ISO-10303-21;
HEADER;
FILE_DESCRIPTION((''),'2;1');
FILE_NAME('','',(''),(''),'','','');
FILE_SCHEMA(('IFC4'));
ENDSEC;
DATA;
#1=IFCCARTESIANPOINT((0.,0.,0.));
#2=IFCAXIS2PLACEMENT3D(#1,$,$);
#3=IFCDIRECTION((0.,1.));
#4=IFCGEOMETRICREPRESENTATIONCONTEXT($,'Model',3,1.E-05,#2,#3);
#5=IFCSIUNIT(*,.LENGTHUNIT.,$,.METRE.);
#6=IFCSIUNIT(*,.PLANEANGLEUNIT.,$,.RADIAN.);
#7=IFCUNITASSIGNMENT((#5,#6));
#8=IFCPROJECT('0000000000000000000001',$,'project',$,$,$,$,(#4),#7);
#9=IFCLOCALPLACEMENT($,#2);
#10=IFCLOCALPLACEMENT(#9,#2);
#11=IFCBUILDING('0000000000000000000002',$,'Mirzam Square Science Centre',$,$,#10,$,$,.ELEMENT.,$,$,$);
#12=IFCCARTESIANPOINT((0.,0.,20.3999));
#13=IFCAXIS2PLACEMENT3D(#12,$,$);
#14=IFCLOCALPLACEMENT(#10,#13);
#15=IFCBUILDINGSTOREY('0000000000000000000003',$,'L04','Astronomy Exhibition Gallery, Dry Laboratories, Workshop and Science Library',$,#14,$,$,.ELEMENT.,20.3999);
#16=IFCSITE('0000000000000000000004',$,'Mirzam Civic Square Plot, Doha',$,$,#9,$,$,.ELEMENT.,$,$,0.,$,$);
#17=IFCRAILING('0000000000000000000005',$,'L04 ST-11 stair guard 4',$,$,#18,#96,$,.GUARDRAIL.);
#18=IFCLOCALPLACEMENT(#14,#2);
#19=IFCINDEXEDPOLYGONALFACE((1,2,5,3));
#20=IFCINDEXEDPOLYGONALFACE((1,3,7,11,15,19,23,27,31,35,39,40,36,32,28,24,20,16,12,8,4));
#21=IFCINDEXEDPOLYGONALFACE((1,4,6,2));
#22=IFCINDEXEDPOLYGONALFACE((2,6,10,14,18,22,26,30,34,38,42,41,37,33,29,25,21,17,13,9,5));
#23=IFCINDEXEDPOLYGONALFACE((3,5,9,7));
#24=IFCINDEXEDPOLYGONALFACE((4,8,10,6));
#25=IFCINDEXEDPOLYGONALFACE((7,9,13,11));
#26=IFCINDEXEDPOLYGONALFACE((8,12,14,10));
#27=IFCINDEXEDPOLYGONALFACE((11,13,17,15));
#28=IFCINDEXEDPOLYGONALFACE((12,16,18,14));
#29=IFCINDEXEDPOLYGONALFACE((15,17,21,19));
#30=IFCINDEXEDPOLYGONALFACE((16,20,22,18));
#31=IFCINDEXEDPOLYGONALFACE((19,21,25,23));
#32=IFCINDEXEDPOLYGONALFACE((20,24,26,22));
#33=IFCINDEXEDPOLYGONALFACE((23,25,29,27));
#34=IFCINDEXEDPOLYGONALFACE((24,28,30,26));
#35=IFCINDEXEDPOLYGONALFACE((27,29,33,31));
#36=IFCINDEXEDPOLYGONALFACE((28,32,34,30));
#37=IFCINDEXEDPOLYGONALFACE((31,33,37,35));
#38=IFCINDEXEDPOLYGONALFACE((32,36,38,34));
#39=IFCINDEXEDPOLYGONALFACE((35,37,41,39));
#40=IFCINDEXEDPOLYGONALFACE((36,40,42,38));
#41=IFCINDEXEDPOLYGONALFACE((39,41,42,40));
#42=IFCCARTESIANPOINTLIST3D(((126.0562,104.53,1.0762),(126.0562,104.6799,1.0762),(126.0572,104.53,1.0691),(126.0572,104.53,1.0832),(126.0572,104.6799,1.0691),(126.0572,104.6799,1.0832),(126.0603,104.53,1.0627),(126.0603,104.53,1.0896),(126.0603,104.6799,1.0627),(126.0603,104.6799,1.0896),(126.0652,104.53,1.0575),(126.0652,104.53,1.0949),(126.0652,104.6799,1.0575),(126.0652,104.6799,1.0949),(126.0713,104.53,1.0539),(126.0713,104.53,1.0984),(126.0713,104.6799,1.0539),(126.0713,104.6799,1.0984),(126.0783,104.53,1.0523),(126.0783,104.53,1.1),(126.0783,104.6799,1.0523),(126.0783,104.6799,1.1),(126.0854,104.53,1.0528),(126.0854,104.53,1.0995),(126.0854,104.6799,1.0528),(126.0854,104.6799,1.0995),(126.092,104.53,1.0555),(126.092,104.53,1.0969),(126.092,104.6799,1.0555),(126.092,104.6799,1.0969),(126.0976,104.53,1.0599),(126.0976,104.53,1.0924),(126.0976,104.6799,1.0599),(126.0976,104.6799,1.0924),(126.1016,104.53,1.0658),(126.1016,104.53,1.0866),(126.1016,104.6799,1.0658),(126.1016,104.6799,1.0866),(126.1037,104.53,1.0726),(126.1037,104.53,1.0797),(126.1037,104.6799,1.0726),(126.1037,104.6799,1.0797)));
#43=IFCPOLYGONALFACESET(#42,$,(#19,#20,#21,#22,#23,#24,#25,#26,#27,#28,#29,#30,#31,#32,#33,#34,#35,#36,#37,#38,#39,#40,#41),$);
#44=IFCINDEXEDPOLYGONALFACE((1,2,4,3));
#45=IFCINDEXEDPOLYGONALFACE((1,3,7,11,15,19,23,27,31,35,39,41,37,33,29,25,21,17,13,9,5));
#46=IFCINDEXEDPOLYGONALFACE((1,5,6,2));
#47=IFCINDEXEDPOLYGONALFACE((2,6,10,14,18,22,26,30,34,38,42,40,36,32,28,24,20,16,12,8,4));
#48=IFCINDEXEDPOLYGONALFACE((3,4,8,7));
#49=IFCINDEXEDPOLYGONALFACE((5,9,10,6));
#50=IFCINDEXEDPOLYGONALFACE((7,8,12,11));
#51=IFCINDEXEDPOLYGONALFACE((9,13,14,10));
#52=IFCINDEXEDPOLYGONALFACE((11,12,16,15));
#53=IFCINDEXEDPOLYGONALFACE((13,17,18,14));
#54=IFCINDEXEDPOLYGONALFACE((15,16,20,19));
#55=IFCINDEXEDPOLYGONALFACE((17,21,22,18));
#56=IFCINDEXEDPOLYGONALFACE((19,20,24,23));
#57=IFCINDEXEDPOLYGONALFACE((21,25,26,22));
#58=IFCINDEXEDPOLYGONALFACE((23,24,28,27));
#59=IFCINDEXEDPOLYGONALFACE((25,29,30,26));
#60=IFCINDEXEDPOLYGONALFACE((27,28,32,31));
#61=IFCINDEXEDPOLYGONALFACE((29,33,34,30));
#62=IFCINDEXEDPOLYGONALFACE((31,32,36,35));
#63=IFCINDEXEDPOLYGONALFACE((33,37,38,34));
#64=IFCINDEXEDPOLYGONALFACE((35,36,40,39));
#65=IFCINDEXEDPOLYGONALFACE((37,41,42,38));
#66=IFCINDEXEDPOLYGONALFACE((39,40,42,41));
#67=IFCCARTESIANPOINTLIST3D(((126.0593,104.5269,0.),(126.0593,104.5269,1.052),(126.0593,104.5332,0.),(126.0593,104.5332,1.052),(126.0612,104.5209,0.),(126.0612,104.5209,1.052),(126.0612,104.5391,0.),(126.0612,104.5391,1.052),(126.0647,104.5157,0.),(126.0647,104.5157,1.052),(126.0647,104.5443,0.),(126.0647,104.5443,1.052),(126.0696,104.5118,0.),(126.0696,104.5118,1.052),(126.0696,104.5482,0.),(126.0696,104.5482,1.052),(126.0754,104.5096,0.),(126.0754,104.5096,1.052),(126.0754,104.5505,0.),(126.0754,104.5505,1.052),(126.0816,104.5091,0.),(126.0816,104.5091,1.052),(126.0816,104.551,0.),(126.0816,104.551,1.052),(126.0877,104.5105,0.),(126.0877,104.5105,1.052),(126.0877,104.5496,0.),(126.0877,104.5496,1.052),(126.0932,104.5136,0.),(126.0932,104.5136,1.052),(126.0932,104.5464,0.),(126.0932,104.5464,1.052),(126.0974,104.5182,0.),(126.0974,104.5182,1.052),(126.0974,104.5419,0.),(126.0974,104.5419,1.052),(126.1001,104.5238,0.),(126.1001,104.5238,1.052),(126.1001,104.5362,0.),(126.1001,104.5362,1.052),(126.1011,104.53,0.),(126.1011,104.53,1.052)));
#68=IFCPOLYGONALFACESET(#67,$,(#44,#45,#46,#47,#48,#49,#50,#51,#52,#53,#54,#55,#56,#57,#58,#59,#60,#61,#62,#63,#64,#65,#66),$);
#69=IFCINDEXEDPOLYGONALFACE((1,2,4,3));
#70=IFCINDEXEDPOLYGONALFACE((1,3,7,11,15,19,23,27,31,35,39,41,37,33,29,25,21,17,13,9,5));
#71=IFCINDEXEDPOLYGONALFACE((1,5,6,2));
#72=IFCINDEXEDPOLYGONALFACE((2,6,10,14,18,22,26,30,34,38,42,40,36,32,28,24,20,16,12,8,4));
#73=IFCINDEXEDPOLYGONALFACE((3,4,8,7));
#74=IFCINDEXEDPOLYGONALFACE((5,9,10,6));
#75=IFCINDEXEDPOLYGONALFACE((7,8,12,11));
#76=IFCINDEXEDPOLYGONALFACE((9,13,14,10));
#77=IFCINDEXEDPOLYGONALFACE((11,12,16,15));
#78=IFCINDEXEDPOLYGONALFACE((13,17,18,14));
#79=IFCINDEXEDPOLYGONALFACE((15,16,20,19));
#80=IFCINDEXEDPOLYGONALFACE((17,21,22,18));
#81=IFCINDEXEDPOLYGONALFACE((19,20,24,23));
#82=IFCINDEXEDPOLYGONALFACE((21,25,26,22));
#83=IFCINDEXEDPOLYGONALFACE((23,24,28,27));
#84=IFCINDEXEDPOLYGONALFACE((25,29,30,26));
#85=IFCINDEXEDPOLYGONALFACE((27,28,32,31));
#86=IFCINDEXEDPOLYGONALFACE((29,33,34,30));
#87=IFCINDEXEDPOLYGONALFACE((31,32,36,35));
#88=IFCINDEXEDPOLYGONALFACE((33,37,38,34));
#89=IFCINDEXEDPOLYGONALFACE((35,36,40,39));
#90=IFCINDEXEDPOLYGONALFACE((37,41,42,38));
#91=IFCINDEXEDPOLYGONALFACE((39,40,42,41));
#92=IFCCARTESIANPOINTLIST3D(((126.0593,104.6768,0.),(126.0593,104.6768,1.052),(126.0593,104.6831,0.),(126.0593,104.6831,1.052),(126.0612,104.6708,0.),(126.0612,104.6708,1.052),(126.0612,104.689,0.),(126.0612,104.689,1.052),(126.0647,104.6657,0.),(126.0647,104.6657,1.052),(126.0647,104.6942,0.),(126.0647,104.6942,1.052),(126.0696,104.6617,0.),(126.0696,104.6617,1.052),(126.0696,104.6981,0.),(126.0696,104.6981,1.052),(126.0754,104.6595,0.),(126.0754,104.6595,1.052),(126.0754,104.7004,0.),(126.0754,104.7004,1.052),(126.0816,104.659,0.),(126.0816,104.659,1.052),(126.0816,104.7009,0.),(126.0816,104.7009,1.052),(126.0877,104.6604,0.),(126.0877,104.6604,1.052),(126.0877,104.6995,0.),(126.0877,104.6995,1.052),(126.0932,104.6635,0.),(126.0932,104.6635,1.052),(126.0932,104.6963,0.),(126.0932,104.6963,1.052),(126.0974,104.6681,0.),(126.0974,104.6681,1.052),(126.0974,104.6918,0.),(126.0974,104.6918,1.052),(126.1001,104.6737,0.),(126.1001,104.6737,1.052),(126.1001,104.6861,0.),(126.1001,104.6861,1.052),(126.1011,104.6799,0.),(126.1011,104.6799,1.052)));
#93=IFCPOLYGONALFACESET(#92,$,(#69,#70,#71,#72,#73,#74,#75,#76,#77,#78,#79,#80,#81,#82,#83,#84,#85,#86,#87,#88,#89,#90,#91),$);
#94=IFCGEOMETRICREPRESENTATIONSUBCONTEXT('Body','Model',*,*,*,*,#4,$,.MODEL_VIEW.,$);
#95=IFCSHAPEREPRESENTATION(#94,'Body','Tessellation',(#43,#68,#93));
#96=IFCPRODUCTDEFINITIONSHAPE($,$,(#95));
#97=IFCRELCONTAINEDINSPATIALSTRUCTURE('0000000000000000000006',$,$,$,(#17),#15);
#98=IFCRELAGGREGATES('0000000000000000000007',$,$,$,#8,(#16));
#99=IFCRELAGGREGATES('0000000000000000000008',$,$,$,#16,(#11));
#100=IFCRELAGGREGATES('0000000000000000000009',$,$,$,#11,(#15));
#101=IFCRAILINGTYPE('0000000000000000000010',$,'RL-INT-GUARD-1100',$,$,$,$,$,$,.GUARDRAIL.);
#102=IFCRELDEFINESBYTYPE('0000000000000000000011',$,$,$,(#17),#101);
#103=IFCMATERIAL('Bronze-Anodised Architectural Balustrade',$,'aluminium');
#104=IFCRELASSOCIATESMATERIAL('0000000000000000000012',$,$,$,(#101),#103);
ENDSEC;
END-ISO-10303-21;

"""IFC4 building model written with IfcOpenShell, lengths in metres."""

from ifc_helpers import new_model, si_unit, direction, frame, origin, origin_2d, place, context, subcontext, project, spatial, circle, extrude, material, type_object, element, save


model = new_model("IFC4")

# Units and contexts
model_context = context("Model", 3, precision=1e-05, world=origin(), true_north=direction((0.0, 1.0)))
body_context = subcontext(model_context, "Body", "Model", "MODEL_VIEW")
ifc_project = project(units=[si_unit("LENGTHUNIT", "METRE"), si_unit("PLANEANGLEUNIT", "RADIAN")], contexts=[model_context])

# Site, building, storey
site_placement = place(None, origin())
site = spatial("IfcSite", under=ifc_project, at=site_placement, Name="Mirzam Civic Square Plot, Doha", CompositionType="ELEMENT", RefElevation=0.0)
building_placement = place(site_placement, origin())
building = spatial("IfcBuilding", under=site, at=building_placement, Name="Mirzam Square Science Centre", CompositionType="ELEMENT")
storey_placement = place(building_placement, frame((0.0, 0.0, 20.3999)))
storey = spatial("IfcBuildingStorey", under=building, at=storey_placement, Name="L04", Description="Astronomy Exhibition Gallery, Dry Laboratories, Workshop and Science Library", CompositionType="ELEMENT", Elevation=20.3999)

# Railing
ifc_material_1 = material(Name="Bronze-Anodised Architectural Balustrade", Category="aluminium")
railing_type_1 = type_object("IfcRailingType", Name="RL-INT-GUARD-1100", PredefinedType="GUARDRAIL", material=ifc_material_1)
railing_1_placement = place(storey_placement, frame((126.0801, 104.53, 0.0)))
element("IfcRailing", 1, at=railing_1_placement, inside=storey, type_object=railing_type_1, Name="L04 ST-11 stair guard 4", PredefinedType="GUARDRAIL", context=body_context, shape_type="SweptSolid", body=[
    extrude(circle(Radius=0.0239, at=origin_2d()), frame((0.0, 0.0, 1.0762), z_axis=(0.0, 1.0, 0.0), x_axis=(-1.0, 0.0, 0.0)), (0.0, 0.0, 1.0), 0.1499),
    extrude(circle(Radius=0.021, at=origin_2d()), origin(), (0.0, 0.0, 1.0), 1.052),
    extrude(circle(Radius=0.021, at=origin_2d()), frame((0.0, 0.1499, 0.0)), (0.0, 0.0, 1.0), 1.052),
])

save(model, "model.ifc")
